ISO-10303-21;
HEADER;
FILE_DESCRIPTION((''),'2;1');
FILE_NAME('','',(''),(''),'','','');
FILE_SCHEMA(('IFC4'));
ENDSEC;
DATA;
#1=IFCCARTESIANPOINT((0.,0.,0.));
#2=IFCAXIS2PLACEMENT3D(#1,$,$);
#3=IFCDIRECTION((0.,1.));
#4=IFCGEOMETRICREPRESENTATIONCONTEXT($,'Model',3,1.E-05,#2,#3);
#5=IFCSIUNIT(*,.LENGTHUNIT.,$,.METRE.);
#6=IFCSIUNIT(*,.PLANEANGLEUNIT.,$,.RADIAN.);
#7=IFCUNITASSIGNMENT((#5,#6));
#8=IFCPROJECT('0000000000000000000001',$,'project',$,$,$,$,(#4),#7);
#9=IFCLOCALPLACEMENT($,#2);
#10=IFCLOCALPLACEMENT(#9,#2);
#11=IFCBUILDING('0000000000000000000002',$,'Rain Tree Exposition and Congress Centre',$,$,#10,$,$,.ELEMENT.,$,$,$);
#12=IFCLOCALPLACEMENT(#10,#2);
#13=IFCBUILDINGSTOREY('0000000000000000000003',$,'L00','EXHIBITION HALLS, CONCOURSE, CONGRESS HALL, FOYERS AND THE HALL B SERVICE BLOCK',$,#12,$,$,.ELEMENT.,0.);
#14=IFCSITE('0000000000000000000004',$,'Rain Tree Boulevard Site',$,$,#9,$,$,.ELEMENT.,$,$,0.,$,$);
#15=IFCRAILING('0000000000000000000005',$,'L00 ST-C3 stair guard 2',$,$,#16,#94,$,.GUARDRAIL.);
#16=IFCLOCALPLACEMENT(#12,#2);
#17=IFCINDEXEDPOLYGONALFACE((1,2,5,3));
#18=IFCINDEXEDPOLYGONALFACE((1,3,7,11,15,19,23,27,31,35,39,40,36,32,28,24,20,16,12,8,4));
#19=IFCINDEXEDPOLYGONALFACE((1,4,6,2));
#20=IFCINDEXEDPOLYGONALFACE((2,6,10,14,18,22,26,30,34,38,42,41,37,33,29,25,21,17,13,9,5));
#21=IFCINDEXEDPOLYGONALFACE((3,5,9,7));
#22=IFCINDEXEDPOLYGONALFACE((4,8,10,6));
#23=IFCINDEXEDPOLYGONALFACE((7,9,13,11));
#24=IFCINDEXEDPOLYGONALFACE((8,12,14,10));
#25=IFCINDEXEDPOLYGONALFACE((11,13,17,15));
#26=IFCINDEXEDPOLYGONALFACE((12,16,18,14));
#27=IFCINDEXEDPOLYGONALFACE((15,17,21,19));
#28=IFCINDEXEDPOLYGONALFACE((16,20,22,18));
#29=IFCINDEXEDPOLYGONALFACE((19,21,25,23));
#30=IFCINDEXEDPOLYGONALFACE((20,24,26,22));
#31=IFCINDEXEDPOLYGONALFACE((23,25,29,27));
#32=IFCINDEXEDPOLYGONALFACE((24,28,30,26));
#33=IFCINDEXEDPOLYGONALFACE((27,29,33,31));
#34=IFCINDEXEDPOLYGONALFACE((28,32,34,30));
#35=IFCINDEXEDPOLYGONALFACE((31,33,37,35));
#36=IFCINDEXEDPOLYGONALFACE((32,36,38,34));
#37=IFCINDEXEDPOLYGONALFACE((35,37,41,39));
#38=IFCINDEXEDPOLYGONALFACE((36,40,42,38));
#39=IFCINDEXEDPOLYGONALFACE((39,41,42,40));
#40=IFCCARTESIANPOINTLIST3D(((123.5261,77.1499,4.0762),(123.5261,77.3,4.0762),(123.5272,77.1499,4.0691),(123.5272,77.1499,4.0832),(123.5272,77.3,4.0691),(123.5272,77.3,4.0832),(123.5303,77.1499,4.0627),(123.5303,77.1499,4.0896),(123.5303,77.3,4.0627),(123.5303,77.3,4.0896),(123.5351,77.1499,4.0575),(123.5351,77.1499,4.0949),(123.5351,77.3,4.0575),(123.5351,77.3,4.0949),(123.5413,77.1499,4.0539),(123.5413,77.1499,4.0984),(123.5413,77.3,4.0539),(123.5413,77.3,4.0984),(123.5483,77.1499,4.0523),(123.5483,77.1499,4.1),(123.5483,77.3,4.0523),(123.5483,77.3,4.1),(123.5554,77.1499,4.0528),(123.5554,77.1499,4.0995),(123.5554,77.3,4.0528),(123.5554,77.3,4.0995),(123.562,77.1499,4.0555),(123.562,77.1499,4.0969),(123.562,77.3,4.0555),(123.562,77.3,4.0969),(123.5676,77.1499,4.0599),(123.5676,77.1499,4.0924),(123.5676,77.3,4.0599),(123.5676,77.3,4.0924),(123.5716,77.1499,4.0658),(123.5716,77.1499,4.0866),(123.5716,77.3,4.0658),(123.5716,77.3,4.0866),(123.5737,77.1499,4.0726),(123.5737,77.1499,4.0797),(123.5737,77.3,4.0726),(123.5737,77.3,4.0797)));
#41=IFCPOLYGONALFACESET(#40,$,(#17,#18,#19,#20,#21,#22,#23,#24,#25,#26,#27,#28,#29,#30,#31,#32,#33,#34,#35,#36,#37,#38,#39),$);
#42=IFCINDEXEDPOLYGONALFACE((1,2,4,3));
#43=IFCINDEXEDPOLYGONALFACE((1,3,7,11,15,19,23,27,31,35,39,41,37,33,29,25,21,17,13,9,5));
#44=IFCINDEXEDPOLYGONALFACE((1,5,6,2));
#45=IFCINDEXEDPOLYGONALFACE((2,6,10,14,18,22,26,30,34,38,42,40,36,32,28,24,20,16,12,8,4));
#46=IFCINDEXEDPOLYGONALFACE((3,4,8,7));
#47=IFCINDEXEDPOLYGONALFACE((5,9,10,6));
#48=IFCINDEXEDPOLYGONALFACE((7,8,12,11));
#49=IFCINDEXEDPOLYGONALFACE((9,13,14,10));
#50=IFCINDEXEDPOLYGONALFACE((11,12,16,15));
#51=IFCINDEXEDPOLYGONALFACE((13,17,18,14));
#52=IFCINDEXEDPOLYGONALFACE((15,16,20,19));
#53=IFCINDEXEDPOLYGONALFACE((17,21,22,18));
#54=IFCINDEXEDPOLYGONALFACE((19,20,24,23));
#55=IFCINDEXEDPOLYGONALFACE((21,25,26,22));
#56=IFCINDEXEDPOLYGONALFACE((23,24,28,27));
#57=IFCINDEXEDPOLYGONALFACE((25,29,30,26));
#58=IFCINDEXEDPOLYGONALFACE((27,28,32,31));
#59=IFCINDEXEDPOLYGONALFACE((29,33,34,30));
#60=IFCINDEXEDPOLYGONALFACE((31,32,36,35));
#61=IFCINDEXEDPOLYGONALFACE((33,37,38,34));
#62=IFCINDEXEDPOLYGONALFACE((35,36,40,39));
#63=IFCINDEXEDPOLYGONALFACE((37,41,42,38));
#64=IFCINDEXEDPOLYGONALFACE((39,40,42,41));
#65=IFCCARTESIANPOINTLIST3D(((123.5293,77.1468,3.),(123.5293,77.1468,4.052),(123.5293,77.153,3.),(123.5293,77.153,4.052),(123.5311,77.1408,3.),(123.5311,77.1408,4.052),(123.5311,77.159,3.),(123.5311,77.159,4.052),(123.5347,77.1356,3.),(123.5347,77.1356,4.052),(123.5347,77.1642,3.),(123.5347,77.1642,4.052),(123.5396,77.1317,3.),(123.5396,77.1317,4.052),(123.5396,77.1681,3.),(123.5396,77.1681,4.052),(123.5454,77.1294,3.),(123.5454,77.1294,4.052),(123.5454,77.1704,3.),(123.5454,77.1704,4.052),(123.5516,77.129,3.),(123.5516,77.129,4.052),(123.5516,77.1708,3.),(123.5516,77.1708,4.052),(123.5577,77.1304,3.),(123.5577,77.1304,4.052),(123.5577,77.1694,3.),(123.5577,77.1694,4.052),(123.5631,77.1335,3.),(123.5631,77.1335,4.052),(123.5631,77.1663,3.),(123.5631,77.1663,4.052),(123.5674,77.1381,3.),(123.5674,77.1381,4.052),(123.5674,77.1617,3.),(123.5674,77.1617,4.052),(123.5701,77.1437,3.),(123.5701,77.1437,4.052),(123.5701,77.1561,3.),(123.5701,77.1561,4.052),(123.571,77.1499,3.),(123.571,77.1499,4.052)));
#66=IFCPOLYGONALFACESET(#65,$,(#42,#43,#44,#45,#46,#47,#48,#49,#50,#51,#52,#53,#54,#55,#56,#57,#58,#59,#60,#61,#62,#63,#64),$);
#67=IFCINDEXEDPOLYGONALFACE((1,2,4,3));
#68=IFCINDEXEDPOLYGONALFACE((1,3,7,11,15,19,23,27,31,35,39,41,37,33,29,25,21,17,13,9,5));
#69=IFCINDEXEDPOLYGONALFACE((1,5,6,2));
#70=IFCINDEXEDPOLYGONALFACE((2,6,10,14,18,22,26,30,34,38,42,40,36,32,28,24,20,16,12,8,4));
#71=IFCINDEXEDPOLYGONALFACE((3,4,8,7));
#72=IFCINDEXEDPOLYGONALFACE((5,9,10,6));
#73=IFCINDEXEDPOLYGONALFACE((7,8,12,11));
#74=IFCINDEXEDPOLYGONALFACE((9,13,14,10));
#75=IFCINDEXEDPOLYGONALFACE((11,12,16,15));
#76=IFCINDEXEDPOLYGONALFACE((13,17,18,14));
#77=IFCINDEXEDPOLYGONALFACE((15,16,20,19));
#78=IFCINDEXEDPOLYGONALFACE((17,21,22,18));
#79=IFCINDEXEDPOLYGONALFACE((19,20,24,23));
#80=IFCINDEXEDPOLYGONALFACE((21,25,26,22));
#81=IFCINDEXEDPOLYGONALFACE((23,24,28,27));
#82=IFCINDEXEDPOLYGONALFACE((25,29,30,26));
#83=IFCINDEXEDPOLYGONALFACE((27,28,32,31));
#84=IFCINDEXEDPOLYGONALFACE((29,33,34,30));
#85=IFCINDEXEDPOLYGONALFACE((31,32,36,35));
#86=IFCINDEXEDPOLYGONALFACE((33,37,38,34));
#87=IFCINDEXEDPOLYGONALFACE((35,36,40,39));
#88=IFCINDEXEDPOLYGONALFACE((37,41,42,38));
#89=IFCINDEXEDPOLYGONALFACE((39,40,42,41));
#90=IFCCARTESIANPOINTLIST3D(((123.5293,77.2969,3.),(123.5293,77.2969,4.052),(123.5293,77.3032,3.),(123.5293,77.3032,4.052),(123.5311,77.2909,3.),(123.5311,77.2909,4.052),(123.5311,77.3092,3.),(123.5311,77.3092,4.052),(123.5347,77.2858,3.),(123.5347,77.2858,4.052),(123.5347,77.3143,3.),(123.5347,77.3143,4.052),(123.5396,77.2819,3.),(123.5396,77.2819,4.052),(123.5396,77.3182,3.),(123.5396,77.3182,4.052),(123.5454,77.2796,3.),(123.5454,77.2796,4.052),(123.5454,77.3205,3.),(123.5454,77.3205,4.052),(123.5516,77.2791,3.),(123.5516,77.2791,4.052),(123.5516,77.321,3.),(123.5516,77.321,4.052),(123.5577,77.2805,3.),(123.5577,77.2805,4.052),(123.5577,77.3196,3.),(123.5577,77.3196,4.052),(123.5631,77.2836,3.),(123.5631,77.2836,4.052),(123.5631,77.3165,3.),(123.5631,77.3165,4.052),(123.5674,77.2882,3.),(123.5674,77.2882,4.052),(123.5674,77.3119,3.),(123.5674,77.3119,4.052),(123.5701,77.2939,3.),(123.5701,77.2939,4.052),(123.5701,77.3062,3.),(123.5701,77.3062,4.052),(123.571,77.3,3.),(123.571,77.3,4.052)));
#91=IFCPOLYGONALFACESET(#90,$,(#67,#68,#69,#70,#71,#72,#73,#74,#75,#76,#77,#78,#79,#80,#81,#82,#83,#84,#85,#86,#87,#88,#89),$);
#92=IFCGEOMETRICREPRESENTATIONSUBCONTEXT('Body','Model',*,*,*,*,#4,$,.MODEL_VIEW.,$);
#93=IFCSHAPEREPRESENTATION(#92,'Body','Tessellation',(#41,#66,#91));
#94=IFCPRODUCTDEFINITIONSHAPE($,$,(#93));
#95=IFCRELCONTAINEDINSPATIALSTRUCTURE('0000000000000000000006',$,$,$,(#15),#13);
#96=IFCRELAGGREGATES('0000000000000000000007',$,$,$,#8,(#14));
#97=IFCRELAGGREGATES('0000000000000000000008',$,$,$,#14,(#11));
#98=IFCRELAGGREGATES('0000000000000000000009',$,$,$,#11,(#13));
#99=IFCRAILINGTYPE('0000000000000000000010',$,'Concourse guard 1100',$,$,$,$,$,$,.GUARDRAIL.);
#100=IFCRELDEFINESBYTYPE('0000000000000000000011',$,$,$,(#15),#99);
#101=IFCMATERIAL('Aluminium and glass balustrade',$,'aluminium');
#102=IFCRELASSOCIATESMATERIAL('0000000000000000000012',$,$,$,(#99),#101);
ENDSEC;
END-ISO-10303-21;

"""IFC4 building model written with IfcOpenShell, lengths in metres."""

from ifc_helpers import new_model, si_unit, direction, frame, origin, origin_2d, place, context, subcontext, project, spatial, circle, extrude, material, type_object, element, save


model = new_model("IFC4")

# Units and contexts
model_context = context("Model", 3, precision=1e-05, world=origin(), true_north=direction((0.0, 1.0)))
body_context = subcontext(model_context, "Body", "Model", "MODEL_VIEW")
ifc_project = project(units=[si_unit("LENGTHUNIT", "METRE"), si_unit("PLANEANGLEUNIT", "RADIAN")], contexts=[model_context])

# Site, building, storey
site_placement = place(None, origin())
site = spatial("IfcSite", under=ifc_project, at=site_placement, Name="Rain Tree Boulevard Site", CompositionType="ELEMENT", RefElevation=0.0)
building_placement = place(site_placement, origin())
building = spatial("IfcBuilding", under=site, at=building_placement, Name="Rain Tree Exposition and Congress Centre", CompositionType="ELEMENT")
storey_placement = place(building_placement, origin())
storey = spatial("IfcBuildingStorey", under=building, at=storey_placement, Name="L00", Description="EXHIBITION HALLS, CONCOURSE, CONGRESS HALL, FOYERS AND THE HALL B SERVICE BLOCK", CompositionType="ELEMENT", Elevation=0.0)

# Railing
ifc_material_1 = material(Name="Aluminium and glass balustrade", Category="aluminium")
railing_type_1 = type_object("IfcRailingType", Name="Concourse guard 1100", PredefinedType="GUARDRAIL", material=ifc_material_1)
railing_1_placement = place(storey_placement, frame((123.55, 77.1499, 3.0)))
element("IfcRailing", 1, at=railing_1_placement, inside=storey, type_object=railing_type_1, Name="L00 ST-C3 stair guard 2", PredefinedType="GUARDRAIL", context=body_context, shape_type="SweptSolid", body=[
    extrude(circle(Radius=0.0239, at=origin_2d()), frame((0.0, 0.0, 1.0762), z_axis=(0.0, 1.0, 0.0), x_axis=(-1.0, 0.0, 0.0)), (0.0, 0.0, 1.0), 0.1501),
    extrude(circle(Radius=0.021, at=origin_2d()), origin(), (0.0, 0.0, 1.0), 1.052),
    extrude(circle(Radius=0.021, at=origin_2d()), frame((0.0, 0.1501, 0.0)), (0.0, 0.0, 1.0), 1.052),
])

save(model, "model.ifc")
